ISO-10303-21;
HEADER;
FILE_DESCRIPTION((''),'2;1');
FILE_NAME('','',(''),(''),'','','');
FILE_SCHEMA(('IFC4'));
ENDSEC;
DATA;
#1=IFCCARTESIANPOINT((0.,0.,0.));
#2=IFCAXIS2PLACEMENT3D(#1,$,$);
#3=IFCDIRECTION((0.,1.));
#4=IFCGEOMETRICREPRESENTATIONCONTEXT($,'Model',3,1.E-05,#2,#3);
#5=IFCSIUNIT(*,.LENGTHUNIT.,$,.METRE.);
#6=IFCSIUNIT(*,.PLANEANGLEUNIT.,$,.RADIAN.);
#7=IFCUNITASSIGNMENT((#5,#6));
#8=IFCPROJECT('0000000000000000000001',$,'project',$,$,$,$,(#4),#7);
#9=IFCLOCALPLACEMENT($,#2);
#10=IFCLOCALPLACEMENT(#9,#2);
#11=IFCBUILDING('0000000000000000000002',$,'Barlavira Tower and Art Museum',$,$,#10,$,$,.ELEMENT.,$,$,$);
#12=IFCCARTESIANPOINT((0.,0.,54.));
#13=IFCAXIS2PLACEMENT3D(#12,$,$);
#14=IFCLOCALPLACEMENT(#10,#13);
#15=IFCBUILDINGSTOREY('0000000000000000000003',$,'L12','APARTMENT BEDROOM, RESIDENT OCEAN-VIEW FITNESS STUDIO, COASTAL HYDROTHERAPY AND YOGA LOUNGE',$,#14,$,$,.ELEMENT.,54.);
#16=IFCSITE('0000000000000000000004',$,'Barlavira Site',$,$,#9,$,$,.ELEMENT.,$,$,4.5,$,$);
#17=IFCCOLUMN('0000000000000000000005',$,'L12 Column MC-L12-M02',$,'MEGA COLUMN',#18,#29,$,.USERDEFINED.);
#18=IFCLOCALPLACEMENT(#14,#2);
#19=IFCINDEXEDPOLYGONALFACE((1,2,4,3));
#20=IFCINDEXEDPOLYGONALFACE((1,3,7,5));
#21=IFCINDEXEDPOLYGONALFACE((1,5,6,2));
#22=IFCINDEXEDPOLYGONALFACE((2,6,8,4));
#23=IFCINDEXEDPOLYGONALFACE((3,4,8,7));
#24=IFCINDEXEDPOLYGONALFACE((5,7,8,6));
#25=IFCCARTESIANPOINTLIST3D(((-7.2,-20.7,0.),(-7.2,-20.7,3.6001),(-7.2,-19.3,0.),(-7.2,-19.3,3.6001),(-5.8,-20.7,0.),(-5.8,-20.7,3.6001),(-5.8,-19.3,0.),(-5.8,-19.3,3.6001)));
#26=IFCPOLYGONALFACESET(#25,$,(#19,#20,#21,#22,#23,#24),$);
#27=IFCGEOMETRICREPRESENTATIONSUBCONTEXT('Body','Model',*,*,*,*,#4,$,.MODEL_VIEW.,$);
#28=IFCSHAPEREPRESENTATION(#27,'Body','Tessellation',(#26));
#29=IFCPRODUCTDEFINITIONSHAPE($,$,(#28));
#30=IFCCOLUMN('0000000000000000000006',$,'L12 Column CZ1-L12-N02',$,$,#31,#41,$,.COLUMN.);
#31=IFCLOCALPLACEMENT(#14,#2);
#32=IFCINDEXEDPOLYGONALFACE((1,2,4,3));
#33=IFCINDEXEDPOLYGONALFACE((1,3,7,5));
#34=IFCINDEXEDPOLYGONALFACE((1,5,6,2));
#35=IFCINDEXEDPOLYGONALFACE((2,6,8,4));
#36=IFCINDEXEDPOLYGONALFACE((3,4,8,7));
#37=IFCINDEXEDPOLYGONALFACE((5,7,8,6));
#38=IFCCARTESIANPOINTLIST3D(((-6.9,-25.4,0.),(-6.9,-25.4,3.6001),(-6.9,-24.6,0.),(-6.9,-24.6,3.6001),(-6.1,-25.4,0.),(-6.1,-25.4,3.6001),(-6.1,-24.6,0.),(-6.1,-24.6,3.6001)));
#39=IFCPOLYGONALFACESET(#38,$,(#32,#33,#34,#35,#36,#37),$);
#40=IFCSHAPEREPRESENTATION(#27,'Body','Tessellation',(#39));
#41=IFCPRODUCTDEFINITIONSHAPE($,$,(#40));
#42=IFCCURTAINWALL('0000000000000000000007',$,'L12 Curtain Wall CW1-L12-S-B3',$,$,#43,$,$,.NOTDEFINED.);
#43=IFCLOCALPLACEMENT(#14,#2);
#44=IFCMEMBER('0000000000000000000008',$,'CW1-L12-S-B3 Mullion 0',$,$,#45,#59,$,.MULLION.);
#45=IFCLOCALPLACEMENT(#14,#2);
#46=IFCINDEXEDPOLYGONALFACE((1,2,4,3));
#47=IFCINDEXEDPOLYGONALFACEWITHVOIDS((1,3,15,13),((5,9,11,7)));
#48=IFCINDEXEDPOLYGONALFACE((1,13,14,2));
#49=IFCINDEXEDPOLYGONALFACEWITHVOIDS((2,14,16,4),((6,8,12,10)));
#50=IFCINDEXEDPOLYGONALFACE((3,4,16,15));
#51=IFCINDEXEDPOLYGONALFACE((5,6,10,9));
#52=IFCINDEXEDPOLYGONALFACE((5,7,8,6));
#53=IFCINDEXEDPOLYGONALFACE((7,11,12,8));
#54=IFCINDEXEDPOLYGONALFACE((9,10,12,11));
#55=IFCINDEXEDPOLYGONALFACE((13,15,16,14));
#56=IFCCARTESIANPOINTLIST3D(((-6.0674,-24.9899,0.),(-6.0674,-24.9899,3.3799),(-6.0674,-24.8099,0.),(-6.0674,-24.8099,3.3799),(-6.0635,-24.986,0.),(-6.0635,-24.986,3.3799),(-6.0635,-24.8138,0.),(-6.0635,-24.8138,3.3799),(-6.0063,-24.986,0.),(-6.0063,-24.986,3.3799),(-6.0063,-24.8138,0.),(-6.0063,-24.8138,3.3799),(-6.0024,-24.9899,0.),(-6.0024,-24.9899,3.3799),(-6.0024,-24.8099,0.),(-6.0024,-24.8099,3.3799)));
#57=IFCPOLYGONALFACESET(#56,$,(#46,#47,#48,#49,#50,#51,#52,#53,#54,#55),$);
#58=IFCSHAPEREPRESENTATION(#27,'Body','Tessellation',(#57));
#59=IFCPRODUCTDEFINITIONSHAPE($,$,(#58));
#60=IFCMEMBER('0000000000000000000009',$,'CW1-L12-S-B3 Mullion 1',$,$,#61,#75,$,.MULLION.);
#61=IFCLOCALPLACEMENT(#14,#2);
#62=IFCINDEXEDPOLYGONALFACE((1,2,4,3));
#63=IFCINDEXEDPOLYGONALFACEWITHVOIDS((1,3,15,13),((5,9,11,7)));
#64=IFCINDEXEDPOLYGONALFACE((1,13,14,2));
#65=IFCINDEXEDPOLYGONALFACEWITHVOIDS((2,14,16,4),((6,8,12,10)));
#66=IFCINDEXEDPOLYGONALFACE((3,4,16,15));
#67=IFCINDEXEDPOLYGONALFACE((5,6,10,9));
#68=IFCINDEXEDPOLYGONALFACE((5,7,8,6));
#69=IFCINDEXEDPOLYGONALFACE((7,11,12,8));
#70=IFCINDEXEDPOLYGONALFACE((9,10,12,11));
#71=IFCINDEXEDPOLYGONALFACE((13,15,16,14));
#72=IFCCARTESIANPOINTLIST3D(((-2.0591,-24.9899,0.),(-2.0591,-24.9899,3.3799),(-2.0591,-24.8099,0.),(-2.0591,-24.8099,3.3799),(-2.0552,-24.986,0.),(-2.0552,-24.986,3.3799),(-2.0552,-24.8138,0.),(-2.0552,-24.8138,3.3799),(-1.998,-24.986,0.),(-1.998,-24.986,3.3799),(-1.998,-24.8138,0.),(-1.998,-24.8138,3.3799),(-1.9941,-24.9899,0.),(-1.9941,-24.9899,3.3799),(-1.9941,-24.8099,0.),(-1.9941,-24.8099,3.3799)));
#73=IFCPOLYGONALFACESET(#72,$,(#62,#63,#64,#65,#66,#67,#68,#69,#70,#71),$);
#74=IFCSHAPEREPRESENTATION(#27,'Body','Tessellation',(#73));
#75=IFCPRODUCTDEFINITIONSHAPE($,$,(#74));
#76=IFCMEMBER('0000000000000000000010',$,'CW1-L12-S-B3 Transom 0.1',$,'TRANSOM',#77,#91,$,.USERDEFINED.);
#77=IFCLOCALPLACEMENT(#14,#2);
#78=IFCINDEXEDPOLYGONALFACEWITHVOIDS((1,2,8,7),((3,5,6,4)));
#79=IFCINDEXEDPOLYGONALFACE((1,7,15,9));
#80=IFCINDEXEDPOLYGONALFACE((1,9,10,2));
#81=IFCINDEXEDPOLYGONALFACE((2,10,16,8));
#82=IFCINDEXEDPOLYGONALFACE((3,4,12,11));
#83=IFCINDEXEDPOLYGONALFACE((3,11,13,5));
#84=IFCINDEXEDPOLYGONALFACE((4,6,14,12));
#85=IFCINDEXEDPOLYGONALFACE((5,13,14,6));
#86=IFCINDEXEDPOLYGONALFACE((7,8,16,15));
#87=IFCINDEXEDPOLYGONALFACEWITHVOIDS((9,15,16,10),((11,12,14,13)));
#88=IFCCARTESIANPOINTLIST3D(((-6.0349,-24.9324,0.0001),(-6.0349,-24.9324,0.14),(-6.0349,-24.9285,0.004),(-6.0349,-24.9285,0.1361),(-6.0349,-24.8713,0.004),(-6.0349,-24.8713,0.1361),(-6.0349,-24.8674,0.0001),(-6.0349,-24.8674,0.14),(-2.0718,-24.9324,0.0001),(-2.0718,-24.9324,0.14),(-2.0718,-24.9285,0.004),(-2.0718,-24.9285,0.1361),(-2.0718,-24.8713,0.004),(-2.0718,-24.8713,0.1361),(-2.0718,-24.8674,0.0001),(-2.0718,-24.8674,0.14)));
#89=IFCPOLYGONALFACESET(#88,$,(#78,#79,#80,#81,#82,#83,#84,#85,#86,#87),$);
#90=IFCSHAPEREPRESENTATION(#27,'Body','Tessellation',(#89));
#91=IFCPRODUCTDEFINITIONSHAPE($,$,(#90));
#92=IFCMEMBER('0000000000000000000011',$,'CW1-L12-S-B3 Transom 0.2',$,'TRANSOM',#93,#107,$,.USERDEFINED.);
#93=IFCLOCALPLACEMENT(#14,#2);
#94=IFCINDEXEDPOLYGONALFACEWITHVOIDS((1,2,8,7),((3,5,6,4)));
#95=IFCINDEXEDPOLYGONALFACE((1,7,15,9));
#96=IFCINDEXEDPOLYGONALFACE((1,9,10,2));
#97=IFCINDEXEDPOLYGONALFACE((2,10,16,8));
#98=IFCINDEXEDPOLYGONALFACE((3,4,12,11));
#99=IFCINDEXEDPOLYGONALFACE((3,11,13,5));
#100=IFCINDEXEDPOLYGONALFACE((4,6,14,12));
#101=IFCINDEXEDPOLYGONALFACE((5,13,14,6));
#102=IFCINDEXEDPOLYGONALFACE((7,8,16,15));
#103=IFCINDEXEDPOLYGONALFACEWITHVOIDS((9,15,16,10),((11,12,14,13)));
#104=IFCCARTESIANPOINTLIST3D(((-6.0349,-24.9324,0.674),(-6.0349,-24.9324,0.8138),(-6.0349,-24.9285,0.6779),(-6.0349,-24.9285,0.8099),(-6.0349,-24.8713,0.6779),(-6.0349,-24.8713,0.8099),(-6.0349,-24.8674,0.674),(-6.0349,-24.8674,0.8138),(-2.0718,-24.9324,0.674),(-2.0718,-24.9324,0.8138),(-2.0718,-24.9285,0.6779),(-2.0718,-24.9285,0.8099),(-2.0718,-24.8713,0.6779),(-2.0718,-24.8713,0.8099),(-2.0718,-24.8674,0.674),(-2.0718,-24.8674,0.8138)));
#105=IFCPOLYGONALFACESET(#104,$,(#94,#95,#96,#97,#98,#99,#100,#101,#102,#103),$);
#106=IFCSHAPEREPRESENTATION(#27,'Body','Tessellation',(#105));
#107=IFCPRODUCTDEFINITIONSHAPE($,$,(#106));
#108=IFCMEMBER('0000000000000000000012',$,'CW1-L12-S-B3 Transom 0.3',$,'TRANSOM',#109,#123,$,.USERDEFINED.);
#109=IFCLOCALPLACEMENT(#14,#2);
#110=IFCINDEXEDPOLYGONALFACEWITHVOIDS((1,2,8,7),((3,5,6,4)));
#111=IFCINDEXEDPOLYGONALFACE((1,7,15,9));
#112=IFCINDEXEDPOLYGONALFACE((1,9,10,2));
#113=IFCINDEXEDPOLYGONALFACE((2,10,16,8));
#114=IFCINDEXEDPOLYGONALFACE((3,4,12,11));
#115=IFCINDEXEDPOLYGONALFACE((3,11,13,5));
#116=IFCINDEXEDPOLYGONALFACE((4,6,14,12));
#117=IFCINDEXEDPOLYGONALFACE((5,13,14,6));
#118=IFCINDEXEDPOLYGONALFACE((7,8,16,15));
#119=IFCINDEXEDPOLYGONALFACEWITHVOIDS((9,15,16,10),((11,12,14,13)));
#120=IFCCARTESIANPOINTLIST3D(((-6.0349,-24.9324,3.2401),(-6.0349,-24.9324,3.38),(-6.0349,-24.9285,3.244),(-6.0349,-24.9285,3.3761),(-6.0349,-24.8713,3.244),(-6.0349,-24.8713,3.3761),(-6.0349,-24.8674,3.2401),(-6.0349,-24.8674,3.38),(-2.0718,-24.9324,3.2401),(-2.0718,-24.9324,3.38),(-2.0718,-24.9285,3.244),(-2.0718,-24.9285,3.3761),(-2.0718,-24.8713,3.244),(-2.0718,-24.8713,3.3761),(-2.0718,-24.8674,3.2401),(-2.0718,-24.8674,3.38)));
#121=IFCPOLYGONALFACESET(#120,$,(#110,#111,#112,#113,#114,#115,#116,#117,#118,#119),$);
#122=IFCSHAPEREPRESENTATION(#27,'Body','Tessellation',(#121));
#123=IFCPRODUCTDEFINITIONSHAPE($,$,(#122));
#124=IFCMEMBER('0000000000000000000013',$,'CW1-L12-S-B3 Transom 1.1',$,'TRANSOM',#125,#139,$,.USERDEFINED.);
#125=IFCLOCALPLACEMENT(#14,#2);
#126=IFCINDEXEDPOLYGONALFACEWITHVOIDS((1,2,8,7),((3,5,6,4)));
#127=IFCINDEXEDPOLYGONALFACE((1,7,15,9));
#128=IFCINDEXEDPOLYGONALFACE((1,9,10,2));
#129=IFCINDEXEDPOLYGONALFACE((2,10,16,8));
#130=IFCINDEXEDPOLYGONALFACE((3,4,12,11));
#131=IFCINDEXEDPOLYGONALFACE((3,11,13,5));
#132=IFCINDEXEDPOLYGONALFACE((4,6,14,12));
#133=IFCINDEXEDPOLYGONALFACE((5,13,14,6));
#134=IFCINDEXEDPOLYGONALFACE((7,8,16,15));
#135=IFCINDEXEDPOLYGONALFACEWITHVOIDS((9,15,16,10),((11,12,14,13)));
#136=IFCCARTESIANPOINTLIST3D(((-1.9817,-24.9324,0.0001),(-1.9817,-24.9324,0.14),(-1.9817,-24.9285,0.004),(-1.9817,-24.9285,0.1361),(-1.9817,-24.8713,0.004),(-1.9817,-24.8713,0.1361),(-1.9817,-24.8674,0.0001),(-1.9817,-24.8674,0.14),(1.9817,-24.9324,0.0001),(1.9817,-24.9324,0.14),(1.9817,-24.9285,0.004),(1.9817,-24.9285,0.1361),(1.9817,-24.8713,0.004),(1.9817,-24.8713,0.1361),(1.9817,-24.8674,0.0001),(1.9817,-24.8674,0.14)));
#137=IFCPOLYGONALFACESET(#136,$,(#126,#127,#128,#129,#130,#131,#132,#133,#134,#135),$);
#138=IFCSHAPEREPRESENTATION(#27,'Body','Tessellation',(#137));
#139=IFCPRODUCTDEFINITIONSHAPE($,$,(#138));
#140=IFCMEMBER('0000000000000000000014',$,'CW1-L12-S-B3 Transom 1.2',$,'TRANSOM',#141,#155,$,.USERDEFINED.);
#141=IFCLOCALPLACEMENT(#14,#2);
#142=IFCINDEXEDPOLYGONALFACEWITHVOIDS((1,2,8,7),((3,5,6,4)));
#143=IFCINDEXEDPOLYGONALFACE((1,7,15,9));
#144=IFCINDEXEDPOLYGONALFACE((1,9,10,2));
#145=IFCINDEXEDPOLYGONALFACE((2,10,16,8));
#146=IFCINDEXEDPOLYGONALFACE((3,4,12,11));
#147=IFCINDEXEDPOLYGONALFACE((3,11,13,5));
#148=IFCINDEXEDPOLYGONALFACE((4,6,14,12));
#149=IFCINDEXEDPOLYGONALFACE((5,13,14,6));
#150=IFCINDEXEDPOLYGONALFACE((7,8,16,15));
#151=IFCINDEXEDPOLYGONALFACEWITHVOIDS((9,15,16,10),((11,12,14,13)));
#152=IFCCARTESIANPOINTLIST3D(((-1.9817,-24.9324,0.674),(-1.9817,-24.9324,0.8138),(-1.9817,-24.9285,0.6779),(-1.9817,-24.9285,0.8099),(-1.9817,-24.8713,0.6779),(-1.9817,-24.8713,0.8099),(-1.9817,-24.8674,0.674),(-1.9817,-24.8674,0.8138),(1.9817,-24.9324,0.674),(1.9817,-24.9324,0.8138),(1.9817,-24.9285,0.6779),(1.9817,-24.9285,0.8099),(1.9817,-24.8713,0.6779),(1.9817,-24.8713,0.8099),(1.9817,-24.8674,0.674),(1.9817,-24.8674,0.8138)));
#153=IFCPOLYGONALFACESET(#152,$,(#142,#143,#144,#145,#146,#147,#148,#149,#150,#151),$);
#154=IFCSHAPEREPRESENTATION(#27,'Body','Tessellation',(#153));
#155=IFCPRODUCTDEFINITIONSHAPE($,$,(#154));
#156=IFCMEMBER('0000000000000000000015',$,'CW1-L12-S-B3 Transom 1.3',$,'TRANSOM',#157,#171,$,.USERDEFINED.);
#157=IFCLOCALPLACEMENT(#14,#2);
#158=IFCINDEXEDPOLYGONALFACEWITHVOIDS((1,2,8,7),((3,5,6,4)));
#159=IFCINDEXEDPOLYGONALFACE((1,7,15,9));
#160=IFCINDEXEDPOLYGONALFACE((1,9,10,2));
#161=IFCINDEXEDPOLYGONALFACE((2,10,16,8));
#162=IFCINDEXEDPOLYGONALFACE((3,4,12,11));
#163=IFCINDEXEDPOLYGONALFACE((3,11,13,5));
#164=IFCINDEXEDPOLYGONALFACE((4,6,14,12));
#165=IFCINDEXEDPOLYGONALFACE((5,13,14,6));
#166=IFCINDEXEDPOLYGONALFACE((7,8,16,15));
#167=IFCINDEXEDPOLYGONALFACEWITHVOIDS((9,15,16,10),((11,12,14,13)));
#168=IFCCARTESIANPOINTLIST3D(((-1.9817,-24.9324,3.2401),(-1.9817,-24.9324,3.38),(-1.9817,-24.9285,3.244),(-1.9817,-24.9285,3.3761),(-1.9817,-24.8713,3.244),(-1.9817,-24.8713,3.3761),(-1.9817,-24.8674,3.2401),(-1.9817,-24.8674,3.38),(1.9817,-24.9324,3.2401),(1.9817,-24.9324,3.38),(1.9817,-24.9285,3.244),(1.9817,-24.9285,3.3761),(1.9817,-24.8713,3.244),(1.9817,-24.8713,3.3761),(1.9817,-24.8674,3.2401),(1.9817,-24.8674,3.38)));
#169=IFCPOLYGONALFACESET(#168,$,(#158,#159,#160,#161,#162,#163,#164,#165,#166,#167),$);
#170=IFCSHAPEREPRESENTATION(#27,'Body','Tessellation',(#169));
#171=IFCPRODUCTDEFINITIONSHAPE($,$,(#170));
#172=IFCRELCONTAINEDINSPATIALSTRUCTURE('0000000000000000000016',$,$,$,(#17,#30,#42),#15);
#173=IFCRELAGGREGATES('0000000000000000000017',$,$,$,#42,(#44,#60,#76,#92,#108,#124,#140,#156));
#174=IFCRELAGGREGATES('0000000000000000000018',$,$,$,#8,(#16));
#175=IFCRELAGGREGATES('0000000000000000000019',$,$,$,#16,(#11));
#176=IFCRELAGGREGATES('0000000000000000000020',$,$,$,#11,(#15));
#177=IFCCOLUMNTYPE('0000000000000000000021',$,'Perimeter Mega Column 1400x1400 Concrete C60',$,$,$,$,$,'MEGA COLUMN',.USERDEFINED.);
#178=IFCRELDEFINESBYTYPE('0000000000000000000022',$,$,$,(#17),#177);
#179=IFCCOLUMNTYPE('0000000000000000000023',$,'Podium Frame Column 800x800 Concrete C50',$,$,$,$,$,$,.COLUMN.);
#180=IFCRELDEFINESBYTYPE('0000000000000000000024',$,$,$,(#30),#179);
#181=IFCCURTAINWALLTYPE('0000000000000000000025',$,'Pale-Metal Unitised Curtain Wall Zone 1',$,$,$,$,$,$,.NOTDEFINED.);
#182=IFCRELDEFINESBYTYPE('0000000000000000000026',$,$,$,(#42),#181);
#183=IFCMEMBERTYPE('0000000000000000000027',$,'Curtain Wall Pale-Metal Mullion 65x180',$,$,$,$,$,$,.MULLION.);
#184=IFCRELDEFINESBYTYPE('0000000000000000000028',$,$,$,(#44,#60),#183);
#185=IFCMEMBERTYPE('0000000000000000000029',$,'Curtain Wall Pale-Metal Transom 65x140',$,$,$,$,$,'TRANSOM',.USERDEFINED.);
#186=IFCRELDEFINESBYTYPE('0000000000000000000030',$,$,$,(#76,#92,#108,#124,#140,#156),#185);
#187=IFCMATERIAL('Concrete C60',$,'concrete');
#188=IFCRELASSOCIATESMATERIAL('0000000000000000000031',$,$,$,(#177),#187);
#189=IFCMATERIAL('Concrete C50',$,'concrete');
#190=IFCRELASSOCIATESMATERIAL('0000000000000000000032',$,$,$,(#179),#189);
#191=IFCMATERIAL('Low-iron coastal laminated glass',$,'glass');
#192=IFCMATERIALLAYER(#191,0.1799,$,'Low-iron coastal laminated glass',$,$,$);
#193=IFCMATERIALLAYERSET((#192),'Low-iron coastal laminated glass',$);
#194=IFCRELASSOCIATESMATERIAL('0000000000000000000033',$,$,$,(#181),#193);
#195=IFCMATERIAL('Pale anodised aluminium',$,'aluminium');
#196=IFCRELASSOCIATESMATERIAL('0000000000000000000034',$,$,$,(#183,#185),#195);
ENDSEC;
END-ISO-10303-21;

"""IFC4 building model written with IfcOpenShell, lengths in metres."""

from ifc_helpers import new_model, si_unit, direction, frame, origin, origin_2d, place, context, subcontext, project, spatial, rectangle, hollow_rectangle, extrude, material, layer, layer_set, material_profile, profile_set, type_object, element, aggregate, save


model = new_model("IFC4")

# Units and contexts
model_context = context("Model", 3, precision=1e-05, world=origin(), true_north=direction((0.0, 1.0)))
body_context = subcontext(model_context, "Body", "Model", "MODEL_VIEW")
ifc_project = project(units=[si_unit("LENGTHUNIT", "METRE"), si_unit("PLANEANGLEUNIT", "RADIAN")], contexts=[model_context])

# Site, building, storey
site_placement = place(None, origin())
site = spatial("IfcSite", under=ifc_project, at=site_placement, Name="Barlavira Site", CompositionType="ELEMENT", RefElevation=4.5)
building_placement = place(site_placement, origin())
building = spatial("IfcBuilding", under=site, at=building_placement, Name="Barlavira Tower and Art Museum", CompositionType="ELEMENT")
storey_placement = place(building_placement, frame((0.0, 0.0, 54.0)))
storey = spatial("IfcBuildingStorey", under=building, at=storey_placement, Name="L12", Description="APARTMENT BEDROOM, RESIDENT OCEAN-VIEW FITNESS STUDIO, COASTAL HYDROTHERAPY AND YOGA LOUNGE", CompositionType="ELEMENT", Elevation=54.0)

# Columns
ifc_material_1 = material(Name="Concrete C60", Category="concrete")
ifc_material_profile_1 = material_profile(ifc_material_1, rectangle(XDim=1.3999, YDim=1.3999, at=origin_2d()), Name="RC-MCOL 1400x1400")
ifc_profile_set_1 = profile_set([ifc_material_profile_1], Name="Concrete C60")
column_type_1 = type_object("IfcColumnType", Name="Perimeter Mega Column 1400x1400 Concrete C60", ElementType="MEGA COLUMN", PredefinedType="USERDEFINED", material=ifc_profile_set_1)
column_1_placement = place(storey_placement, frame((-6.5, -20.0, 0.0), z_axis=(0.0, 0.0, 1.0), x_axis=(1.0, 0.0, 0.0)))
element("IfcColumn", 1, at=column_1_placement, inside=storey, type_object=column_type_1, Name="L12 Column MC-L12-M02", ObjectType="MEGA COLUMN", PredefinedType="USERDEFINED", context=body_context, shape_type="SweptSolid", body=[
    extrude(rectangle(XDim=1.3999, YDim=1.3999, at=origin_2d()), origin(), (0.0, 0.0, 1.0), 3.6001),
])
ifc_material_2 = material(Name="Concrete C50", Category="concrete")
ifc_material_profile_2 = material_profile(ifc_material_2, rectangle(XDim=0.8, YDim=0.8, at=origin_2d()), Name="RC-COL 800x800")
ifc_profile_set_2 = profile_set([ifc_material_profile_2], Name="Concrete C50")
column_type_2 = type_object("IfcColumnType", Name="Podium Frame Column 800x800 Concrete C50", PredefinedType="COLUMN", material=ifc_profile_set_2)
column_2_placement = place(storey_placement, frame((-6.5, -25.0, 0.0), z_axis=(0.0, 0.0, 1.0), x_axis=(1.0, 0.0, 0.0)))
element("IfcColumn", 2, at=column_2_placement, inside=storey, type_object=column_type_2, Name="L12 Column CZ1-L12-N02", PredefinedType="COLUMN", context=body_context, shape_type="SweptSolid", body=[
    extrude(rectangle(XDim=0.8, YDim=0.8, at=origin_2d()), origin(), (0.0, 0.0, 1.0), 3.6001),
])

# Curtain wall, members
ifc_material_3 = material(Name="Low-iron coastal laminated glass", Category="glass")
ifc_layer_1 = layer(ifc_material_3, 0.1799, Name="Low-iron coastal laminated glass")
ifc_layer_set_1 = layer_set([ifc_layer_1], Name="Low-iron coastal laminated glass")
curtain_wall_type = type_object("IfcCurtainWallType", Name="Pale-Metal Unitised Curtain Wall Zone 1", PredefinedType="NOTDEFINED", material=ifc_layer_set_1)
curtain_wall_placement = place(storey_placement, origin())
curtain_wall = element("IfcCurtainWall", 3, at=curtain_wall_placement, inside=storey, type_object=curtain_wall_type, Name="L12 Curtain Wall CW1-L12-S-B3", PredefinedType="NOTDEFINED")
ifc_material_4 = material(Name="Pale anodised aluminium", Category="aluminium")
ifc_material_profile_3 = material_profile(ifc_material_4, hollow_rectangle(XDim=0.0649, YDim=0.1799, WallThickness=0.0039, at=origin_2d()), Name="ALU-MULL 65x180x4")
ifc_profile_set_3 = profile_set([ifc_material_profile_3], Name="Pale anodised aluminium")
member_type_1 = type_object("IfcMemberType", Name="Curtain Wall Pale-Metal Mullion 65x180", PredefinedType="MULLION", material=ifc_profile_set_3)
member_1_placement = place(storey_placement, frame((-6.0349, -24.8999, 0.0), z_axis=(0.0, 0.0, 1.0), x_axis=(1.0, 0.0, 0.0)))
member_1 = element("IfcMember", 4, at=member_1_placement, type_object=member_type_1, Name="CW1-L12-S-B3 Mullion 0", PredefinedType="MULLION", context=body_context, shape_type="SweptSolid", body=[
    extrude(hollow_rectangle(XDim=0.0649, YDim=0.1799, WallThickness=0.0039, at=origin_2d()), origin(), (0.0, 0.0, 1.0), 3.3799),
])
member_2_placement = place(storey_placement, frame((-2.0266, -24.8999, 0.0), z_axis=(0.0, 0.0, 1.0), x_axis=(1.0, 0.0, 0.0)))
member_2 = element("IfcMember", 5, at=member_2_placement, type_object=member_type_1, Name="CW1-L12-S-B3 Mullion 1", PredefinedType="MULLION", context=body_context, shape_type="SweptSolid", body=[
    extrude(hollow_rectangle(XDim=0.0649, YDim=0.1799, WallThickness=0.0039, at=origin_2d()), origin(), (0.0, 0.0, 1.0), 3.3799),
])
ifc_material_profile_4 = material_profile(ifc_material_4, hollow_rectangle(XDim=0.0649, YDim=0.1399, WallThickness=0.0039, at=origin_2d()), Name="ALU-TRAN 65x140x4")
ifc_profile_set_4 = profile_set([ifc_material_profile_4], Name="Pale anodised aluminium")
member_type_2 = type_object("IfcMemberType", Name="Curtain Wall Pale-Metal Transom 65x140", ElementType="TRANSOM", PredefinedType="USERDEFINED", material=ifc_profile_set_4)
member_3_placement = place(storey_placement, frame((-6.0349, -24.8999, 0.0701), z_axis=(1.0, 0.0, 0.0), x_axis=(0.0, 1.0, 0.0)))
member_3 = element("IfcMember", 6, at=member_3_placement, type_object=member_type_2, Name="CW1-L12-S-B3 Transom 0.1", ObjectType="TRANSOM", PredefinedType="USERDEFINED", context=body_context, shape_type="SweptSolid", body=[
    extrude(hollow_rectangle(XDim=0.0649, YDim=0.1399, WallThickness=0.0039, at=origin_2d()), origin(), (0.0, 0.0, 1.0), 3.9631),
])
member_4_placement = place(storey_placement, frame((-6.0349, -24.8999, 0.7439), z_axis=(1.0, 0.0, 0.0), x_axis=(0.0, 1.0, 0.0)))
member_4 = element("IfcMember", 7, at=member_4_placement, type_object=member_type_2, Name="CW1-L12-S-B3 Transom 0.2", ObjectType="TRANSOM", PredefinedType="USERDEFINED", context=body_context, shape_type="SweptSolid", body=[
    extrude(hollow_rectangle(XDim=0.0649, YDim=0.1399, WallThickness=0.0039, at=origin_2d()), origin(), (0.0, 0.0, 1.0), 3.9631),
])
member_5_placement = place(storey_placement, frame((-6.0349, -24.8999, 3.3101), z_axis=(1.0, 0.0, 0.0), x_axis=(0.0, 1.0, 0.0)))
member_5 = element("IfcMember", 8, at=member_5_placement, type_object=member_type_2, Name="CW1-L12-S-B3 Transom 0.3", ObjectType="TRANSOM", PredefinedType="USERDEFINED", context=body_context, shape_type="SweptSolid", body=[
    extrude(hollow_rectangle(XDim=0.0649, YDim=0.1399, WallThickness=0.0039, at=origin_2d()), origin(), (0.0, 0.0, 1.0), 3.9631),
])
member_6_placement = place(storey_placement, frame((-1.9817, -24.8999, 0.0701), z_axis=(1.0, 0.0, 0.0), x_axis=(0.0, 1.0, 0.0)))
member_6 = element("IfcMember", 9, at=member_6_placement, type_object=member_type_2, Name="CW1-L12-S-B3 Transom 1.1", ObjectType="TRANSOM", PredefinedType="USERDEFINED", context=body_context, shape_type="SweptSolid", body=[
    extrude(hollow_rectangle(XDim=0.0649, YDim=0.1399, WallThickness=0.0039, at=origin_2d()), origin(), (0.0, 0.0, 1.0), 3.9634),
])
member_7_placement = place(storey_placement, frame((-1.9817, -24.8999, 0.7439), z_axis=(1.0, 0.0, 0.0), x_axis=(0.0, 1.0, 0.0)))
member_7 = element("IfcMember", 10, at=member_7_placement, type_object=member_type_2, Name="CW1-L12-S-B3 Transom 1.2", ObjectType="TRANSOM", PredefinedType="USERDEFINED", context=body_context, shape_type="SweptSolid", body=[
    extrude(hollow_rectangle(XDim=0.0649, YDim=0.1399, WallThickness=0.0039, at=origin_2d()), origin(), (0.0, 0.0, 1.0), 3.9634),
])
member_8_placement = place(storey_placement, frame((-1.9817, -24.8999, 3.3101), z_axis=(1.0, 0.0, 0.0), x_axis=(0.0, 1.0, 0.0)))
member_8 = element("IfcMember", 11, at=member_8_placement, type_object=member_type_2, Name="CW1-L12-S-B3 Transom 1.3", ObjectType="TRANSOM", PredefinedType="USERDEFINED", context=body_context, shape_type="SweptSolid", body=[
    extrude(hollow_rectangle(XDim=0.0649, YDim=0.1399, WallThickness=0.0039, at=origin_2d()), origin(), (0.0, 0.0, 1.0), 3.9634),
])

aggregate(curtain_wall, [member_1, member_2, member_3, member_4, member_5, member_6, member_7, member_8])

save(model, "model.ifc")
